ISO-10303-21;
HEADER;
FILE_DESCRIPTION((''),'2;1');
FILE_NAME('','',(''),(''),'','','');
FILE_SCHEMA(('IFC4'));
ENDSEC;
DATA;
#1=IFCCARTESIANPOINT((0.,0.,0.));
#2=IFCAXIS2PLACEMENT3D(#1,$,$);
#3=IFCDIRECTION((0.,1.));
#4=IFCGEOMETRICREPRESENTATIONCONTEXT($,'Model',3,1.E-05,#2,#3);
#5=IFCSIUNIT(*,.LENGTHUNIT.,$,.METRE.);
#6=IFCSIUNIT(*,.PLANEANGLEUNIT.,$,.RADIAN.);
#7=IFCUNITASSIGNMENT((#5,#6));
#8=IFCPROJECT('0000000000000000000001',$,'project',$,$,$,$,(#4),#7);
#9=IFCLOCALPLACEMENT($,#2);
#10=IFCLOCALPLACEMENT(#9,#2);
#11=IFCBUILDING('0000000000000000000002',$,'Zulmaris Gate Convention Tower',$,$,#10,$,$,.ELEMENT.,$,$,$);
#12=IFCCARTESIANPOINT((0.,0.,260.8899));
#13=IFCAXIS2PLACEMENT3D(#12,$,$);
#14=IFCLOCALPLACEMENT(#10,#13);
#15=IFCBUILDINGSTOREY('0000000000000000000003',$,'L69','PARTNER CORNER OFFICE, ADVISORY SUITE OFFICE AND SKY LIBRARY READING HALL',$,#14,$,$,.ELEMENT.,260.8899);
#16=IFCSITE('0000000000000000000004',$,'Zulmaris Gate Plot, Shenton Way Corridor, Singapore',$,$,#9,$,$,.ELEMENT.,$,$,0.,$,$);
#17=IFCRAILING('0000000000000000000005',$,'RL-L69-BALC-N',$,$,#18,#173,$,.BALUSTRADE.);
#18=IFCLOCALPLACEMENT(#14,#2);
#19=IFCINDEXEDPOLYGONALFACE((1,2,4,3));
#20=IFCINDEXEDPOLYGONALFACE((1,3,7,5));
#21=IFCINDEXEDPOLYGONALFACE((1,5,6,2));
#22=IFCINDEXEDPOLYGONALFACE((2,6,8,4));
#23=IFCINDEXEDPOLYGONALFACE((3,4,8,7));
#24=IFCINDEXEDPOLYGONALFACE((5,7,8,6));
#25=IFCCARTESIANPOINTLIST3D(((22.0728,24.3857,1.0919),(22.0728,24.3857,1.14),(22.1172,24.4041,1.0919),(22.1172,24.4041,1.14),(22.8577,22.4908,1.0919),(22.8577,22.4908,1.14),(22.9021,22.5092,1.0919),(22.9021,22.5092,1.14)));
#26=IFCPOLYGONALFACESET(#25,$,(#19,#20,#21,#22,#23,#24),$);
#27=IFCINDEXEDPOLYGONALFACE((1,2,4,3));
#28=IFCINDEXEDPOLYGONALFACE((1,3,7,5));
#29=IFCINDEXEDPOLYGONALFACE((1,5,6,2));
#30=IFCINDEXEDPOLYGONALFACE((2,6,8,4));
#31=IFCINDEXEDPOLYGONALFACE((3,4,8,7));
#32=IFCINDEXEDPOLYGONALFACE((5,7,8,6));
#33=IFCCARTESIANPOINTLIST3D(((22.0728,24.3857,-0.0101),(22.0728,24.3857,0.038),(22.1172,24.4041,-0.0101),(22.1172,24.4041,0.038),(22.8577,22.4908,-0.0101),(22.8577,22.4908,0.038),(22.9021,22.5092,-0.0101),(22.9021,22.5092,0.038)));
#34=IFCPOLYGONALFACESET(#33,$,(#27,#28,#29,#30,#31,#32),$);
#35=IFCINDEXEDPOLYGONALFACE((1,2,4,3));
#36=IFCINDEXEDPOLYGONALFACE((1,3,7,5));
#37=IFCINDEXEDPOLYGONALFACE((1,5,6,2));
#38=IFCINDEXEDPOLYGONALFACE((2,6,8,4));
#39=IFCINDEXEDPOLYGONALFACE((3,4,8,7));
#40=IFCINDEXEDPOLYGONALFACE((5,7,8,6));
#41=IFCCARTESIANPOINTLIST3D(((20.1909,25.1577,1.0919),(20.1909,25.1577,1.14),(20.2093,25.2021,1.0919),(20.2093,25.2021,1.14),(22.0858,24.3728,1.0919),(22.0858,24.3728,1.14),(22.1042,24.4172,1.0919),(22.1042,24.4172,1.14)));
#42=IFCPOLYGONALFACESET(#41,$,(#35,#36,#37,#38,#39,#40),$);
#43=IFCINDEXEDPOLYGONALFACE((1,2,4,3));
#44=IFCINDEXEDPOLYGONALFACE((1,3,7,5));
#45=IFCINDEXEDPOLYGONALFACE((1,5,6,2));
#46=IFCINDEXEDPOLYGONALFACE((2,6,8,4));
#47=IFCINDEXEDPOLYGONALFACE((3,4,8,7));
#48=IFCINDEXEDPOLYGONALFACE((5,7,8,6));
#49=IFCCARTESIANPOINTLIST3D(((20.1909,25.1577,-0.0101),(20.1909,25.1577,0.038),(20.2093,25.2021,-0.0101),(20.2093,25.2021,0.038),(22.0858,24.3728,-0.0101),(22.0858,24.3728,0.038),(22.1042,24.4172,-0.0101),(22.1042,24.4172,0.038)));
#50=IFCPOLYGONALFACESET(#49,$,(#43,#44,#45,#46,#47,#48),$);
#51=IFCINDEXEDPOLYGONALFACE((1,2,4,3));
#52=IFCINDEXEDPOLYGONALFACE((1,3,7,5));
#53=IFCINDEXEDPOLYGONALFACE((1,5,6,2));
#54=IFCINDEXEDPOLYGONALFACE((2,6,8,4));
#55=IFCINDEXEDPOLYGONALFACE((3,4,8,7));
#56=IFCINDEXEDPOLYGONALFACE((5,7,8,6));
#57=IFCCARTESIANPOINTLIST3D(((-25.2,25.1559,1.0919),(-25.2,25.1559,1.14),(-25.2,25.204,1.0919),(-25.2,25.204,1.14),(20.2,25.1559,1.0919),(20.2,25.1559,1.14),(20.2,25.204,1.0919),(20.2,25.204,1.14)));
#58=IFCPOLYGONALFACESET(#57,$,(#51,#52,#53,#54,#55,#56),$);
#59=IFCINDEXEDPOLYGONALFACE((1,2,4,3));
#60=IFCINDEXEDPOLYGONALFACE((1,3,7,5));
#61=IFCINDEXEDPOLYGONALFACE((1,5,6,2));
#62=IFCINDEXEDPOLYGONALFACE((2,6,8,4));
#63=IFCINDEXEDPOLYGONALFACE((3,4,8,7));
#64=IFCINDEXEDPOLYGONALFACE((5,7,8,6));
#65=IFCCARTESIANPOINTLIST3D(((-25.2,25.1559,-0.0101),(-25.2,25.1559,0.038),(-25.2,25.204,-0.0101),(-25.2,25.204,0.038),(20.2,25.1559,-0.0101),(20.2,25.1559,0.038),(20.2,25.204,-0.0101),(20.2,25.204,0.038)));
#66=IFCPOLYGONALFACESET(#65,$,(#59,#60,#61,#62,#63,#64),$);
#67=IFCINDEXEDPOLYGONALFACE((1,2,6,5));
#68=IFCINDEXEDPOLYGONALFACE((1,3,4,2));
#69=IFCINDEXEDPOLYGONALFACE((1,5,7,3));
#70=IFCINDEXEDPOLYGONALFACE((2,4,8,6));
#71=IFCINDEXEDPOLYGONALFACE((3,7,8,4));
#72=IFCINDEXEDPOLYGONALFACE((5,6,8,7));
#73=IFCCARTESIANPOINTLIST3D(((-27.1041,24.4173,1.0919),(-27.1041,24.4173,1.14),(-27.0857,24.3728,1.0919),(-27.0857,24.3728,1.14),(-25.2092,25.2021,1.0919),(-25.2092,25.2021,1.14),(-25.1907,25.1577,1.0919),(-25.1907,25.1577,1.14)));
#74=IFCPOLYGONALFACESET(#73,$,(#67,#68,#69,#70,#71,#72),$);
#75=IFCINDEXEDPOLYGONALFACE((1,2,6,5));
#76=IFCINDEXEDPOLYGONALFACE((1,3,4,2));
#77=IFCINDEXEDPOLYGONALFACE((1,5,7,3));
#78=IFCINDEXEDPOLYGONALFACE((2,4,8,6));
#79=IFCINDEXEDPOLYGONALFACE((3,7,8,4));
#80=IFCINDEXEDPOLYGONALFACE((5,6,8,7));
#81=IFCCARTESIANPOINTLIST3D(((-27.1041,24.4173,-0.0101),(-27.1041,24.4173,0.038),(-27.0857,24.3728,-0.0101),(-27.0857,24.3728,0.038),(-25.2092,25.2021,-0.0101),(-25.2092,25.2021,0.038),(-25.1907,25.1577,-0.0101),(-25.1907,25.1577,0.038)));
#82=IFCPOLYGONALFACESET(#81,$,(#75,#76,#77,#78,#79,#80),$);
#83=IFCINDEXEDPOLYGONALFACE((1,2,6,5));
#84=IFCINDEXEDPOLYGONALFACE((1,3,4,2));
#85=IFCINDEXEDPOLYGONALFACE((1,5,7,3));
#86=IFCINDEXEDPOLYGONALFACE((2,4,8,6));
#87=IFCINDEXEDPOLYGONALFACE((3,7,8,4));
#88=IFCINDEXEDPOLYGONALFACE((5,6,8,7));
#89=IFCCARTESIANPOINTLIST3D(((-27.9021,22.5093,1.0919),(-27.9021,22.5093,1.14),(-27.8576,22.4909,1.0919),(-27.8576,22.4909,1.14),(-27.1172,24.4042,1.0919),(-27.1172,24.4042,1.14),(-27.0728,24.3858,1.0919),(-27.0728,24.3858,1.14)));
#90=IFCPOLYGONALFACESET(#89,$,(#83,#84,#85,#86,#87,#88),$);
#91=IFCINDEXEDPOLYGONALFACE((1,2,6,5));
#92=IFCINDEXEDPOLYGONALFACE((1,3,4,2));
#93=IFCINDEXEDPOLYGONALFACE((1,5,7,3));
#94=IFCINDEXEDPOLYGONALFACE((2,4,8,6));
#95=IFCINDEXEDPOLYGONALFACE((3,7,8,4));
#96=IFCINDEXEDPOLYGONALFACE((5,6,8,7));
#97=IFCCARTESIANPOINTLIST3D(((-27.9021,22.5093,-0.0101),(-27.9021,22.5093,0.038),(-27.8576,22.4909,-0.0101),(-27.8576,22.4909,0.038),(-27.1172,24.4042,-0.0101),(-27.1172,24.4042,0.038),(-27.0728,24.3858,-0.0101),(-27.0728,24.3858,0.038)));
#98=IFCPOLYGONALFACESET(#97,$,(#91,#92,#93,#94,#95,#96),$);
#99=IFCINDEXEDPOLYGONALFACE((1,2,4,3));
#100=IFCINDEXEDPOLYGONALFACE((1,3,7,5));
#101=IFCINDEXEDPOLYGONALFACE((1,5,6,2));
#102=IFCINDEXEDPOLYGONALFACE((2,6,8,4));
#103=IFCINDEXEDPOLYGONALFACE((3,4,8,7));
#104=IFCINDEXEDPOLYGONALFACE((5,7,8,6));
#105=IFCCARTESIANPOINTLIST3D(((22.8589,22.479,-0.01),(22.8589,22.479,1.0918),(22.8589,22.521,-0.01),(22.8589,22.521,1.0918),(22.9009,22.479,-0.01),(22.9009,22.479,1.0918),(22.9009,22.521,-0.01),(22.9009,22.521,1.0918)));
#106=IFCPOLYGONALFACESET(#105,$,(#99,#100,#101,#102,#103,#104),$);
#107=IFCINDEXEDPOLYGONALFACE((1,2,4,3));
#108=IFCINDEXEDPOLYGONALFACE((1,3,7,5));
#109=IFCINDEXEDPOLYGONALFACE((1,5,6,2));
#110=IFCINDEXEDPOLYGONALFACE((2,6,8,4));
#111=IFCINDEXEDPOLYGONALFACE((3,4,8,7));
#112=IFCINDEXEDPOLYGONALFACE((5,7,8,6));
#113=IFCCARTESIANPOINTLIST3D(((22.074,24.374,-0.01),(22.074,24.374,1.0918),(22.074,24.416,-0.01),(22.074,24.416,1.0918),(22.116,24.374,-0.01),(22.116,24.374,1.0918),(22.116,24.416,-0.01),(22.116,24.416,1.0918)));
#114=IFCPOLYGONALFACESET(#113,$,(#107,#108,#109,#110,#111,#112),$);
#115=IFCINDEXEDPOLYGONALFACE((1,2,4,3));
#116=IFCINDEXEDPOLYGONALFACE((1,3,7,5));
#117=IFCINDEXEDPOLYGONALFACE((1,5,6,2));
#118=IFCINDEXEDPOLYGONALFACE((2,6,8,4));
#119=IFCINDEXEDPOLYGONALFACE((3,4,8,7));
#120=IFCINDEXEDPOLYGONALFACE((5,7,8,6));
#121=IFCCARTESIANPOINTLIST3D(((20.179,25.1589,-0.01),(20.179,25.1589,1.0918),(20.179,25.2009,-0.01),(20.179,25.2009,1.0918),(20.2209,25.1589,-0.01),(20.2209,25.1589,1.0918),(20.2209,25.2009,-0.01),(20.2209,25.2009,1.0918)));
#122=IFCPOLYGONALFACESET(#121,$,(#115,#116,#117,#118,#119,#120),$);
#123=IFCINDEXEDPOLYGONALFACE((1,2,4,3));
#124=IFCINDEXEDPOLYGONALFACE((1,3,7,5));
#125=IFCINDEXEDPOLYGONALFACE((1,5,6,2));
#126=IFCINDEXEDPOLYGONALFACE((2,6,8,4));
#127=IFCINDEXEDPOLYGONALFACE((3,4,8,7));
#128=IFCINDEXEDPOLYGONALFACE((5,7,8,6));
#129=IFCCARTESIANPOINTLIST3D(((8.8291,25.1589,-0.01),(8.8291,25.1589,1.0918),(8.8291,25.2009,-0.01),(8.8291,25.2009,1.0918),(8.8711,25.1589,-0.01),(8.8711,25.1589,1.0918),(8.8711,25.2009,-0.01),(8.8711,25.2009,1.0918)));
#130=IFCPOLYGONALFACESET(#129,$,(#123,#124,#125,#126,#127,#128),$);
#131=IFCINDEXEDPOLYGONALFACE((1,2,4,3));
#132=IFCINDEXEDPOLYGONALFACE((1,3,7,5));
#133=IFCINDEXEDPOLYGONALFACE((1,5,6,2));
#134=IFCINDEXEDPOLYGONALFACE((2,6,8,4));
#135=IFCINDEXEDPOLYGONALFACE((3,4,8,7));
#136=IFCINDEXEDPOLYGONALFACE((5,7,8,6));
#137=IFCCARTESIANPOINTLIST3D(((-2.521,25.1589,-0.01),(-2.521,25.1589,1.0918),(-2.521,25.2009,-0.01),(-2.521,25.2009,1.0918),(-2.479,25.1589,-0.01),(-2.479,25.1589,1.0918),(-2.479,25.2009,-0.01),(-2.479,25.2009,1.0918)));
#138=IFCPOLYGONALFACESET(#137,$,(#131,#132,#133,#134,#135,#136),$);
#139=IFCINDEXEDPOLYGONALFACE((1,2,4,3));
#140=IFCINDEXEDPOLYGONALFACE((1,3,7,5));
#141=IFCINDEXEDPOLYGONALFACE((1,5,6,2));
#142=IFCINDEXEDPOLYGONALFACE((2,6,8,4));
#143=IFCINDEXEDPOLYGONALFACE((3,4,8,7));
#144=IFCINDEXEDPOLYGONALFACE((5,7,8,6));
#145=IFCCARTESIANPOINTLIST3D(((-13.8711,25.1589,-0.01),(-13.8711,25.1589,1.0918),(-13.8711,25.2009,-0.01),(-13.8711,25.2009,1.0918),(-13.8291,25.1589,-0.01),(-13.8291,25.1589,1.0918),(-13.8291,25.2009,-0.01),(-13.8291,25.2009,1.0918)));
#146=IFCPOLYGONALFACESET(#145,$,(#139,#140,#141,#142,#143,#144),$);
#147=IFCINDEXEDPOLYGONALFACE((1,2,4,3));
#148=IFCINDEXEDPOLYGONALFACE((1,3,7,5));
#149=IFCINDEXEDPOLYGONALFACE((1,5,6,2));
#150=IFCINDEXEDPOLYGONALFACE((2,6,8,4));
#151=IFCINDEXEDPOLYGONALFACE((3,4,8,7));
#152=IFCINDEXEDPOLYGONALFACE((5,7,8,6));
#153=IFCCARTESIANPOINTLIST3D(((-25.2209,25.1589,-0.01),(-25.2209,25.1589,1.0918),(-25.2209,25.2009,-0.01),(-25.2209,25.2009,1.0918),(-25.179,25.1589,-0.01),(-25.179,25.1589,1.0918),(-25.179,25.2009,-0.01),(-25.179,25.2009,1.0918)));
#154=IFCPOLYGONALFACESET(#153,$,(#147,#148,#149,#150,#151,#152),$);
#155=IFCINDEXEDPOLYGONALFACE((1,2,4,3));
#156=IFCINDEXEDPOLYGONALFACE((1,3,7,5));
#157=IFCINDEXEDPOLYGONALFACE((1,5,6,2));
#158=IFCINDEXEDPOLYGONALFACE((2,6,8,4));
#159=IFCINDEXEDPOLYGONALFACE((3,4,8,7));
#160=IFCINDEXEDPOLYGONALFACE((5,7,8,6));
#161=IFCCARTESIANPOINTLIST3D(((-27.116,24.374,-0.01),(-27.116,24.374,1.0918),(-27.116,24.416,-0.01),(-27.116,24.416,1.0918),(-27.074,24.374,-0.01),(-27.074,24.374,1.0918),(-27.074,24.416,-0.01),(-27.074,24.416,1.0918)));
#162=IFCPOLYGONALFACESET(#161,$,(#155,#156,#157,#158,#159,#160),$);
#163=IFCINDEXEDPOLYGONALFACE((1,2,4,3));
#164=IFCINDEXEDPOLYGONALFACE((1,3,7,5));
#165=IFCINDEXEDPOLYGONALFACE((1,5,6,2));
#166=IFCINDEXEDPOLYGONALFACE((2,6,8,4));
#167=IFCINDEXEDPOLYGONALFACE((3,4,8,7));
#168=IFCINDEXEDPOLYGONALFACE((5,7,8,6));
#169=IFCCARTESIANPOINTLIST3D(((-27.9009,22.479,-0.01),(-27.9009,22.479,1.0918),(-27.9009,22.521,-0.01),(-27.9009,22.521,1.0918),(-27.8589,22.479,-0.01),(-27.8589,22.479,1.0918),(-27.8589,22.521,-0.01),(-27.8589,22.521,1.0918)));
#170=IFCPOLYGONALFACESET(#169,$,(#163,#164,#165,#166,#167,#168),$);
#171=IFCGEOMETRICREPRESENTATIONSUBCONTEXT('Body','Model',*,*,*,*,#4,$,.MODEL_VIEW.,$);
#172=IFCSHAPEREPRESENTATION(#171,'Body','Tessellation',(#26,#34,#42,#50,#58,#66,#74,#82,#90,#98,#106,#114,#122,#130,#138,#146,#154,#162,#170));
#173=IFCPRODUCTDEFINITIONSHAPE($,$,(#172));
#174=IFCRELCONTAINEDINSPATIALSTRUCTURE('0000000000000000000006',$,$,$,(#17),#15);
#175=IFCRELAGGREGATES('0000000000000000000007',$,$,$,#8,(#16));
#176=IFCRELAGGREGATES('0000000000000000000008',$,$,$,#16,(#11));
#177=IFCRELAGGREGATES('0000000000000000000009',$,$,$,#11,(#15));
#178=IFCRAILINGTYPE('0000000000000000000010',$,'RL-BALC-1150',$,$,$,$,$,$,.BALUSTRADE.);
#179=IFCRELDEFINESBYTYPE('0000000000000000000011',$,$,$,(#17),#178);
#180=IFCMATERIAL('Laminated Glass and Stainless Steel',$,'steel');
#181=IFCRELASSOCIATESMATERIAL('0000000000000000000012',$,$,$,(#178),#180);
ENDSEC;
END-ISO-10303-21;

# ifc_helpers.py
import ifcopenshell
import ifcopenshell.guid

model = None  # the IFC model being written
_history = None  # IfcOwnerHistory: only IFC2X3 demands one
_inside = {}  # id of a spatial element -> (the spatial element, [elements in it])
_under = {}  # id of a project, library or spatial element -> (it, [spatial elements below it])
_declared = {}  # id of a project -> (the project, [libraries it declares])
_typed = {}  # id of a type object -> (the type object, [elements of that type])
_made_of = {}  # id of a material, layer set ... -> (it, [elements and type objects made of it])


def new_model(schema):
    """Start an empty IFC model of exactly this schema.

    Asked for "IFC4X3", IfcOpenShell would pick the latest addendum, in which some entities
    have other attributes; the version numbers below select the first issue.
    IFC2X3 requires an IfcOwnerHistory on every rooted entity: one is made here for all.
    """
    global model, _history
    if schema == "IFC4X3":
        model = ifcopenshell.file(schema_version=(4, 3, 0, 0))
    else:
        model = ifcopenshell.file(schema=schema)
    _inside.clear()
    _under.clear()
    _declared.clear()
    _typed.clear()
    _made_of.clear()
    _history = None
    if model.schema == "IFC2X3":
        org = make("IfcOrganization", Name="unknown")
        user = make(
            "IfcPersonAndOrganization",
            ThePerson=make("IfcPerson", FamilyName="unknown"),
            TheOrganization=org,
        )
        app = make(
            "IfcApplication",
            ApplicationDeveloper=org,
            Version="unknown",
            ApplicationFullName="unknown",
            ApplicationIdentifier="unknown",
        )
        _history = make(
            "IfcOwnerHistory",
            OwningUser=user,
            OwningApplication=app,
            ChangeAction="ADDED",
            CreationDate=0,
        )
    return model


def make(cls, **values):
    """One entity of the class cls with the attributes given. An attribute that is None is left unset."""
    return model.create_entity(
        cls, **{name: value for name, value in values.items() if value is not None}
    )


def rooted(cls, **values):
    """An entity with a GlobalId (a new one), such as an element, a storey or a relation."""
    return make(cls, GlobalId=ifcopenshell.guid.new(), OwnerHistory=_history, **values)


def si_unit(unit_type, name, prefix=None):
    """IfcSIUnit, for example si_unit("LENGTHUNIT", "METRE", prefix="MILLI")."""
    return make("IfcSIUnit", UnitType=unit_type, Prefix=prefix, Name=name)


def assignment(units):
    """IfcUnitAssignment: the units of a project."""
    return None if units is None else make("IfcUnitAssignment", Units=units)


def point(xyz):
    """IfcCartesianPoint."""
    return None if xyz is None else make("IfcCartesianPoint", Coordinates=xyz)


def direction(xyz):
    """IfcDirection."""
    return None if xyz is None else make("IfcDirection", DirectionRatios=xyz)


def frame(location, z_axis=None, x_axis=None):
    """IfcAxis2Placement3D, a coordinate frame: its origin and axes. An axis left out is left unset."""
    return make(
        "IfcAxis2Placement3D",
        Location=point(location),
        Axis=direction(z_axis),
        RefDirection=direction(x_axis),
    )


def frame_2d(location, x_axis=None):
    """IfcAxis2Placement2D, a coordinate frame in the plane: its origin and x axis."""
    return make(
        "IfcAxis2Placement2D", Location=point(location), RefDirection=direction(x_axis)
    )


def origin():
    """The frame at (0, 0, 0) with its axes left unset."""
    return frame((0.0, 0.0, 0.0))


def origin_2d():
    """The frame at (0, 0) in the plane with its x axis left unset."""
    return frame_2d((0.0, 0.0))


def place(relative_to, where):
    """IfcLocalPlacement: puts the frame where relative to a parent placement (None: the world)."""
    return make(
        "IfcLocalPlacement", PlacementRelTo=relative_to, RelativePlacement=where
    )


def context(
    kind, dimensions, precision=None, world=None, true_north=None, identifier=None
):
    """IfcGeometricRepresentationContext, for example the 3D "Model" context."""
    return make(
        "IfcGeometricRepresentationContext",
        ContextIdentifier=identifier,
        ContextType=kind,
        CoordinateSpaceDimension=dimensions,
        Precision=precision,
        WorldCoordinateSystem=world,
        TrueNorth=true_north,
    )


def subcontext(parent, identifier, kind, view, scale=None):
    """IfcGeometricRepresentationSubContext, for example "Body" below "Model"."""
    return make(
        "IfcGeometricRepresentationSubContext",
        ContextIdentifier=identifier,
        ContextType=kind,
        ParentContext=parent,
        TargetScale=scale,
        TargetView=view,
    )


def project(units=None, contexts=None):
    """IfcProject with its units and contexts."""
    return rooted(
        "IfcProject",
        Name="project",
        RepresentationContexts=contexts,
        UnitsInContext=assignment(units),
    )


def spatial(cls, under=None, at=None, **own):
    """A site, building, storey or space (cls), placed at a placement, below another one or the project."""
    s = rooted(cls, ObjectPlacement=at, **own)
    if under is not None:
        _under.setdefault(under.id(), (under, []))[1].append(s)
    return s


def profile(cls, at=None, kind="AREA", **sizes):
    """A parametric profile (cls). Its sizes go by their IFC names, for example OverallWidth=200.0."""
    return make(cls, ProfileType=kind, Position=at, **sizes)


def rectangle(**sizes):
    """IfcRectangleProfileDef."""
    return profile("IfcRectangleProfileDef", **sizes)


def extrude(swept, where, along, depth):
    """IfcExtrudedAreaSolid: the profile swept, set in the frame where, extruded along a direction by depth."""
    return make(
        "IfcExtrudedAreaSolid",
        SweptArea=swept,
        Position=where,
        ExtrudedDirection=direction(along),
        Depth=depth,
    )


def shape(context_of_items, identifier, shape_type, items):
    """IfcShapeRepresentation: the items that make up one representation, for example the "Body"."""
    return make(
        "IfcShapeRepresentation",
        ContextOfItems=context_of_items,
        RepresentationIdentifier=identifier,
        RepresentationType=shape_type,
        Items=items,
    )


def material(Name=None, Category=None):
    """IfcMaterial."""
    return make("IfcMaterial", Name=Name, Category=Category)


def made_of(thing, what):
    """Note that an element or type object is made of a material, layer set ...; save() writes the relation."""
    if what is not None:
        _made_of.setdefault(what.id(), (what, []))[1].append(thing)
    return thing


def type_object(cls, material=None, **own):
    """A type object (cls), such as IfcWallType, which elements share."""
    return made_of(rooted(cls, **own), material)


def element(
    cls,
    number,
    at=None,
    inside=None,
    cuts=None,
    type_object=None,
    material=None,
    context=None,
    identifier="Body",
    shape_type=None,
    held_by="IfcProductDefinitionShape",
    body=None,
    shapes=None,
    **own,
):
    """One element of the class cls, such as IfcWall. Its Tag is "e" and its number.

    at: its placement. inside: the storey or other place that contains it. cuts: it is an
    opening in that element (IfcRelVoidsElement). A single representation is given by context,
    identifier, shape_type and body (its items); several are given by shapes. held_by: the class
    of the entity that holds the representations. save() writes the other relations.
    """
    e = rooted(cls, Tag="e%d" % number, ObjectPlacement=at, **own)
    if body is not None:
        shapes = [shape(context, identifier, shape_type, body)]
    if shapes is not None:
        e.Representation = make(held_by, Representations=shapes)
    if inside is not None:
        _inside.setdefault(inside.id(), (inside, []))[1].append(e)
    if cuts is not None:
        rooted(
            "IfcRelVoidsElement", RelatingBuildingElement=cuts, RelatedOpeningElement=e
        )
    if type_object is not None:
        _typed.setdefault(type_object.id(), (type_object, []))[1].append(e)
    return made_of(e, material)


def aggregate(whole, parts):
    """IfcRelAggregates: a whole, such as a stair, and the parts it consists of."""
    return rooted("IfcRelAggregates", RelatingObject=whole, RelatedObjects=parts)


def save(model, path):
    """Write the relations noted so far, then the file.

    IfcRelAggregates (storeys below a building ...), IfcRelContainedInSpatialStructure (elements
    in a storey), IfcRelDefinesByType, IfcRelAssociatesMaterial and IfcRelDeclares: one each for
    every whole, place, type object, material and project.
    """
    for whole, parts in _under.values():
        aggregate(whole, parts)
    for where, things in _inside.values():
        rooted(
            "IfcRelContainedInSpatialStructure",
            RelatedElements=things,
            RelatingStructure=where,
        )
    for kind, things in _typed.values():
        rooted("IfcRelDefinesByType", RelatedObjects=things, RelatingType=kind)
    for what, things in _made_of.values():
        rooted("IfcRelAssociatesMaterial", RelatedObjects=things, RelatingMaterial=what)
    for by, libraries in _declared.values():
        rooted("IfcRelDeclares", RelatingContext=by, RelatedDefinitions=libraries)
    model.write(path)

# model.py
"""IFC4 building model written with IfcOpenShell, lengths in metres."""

from ifc_helpers import new_model, si_unit, direction, frame, origin, origin_2d, place, context, subcontext, project, spatial, rectangle, extrude, material, type_object, element, save


model = new_model("IFC4")

# Units and contexts
model_context = context("Model", 3, precision=1e-05, world=origin(), true_north=direction((0.0, 1.0)))
body_context = subcontext(model_context, "Body", "Model", "MODEL_VIEW")
ifc_project = project(units=[si_unit("LENGTHUNIT", "METRE"), si_unit("PLANEANGLEUNIT", "RADIAN")], contexts=[model_context])

# Site, building, storey
site_placement = place(None, origin())
site = spatial("IfcSite", under=ifc_project, at=site_placement, Name="Zulmaris Gate Plot, Shenton Way Corridor, Singapore", CompositionType="ELEMENT", RefElevation=0.0)
building_placement = place(site_placement, origin())
building = spatial("IfcBuilding", under=site, at=building_placement, Name="Zulmaris Gate Convention Tower", CompositionType="ELEMENT")
storey_placement = place(building_placement, frame((0.0, 0.0, 260.8899)))
storey = spatial("IfcBuildingStorey", under=building, at=storey_placement, Name="L69", Description="PARTNER CORNER OFFICE, ADVISORY SUITE OFFICE AND SKY LIBRARY READING HALL", CompositionType="ELEMENT", Elevation=260.8899)

# Railing
ifc_material_1 = material(Name="Laminated Glass and Stainless Steel", Category="steel")
railing_type = type_object("IfcRailingType", Name="RL-BALC-1150", PredefinedType="BALUSTRADE", material=ifc_material_1)
railing_placement = place(storey_placement, frame((22.8799, 22.5, -0.01)))
element("IfcRailing", 1, at=railing_placement, inside=storey, type_object=railing_type, Name="RL-L69-BALC-N", PredefinedType="BALUSTRADE", context=body_context, shape_type="SweptSolid", body=[
    extrude(rectangle(XDim=0.0481, YDim=0.0481, at=origin_2d()), frame((0.0, 0.0, 1.126), z_axis=(-0.382671, 0.923885, 0.0), x_axis=(-0.923885, -0.382671, 0.0)), (0.0, 0.0, 1.0), 2.051),
    extrude(rectangle(XDim=0.0481, YDim=0.0481, at=origin_2d()), frame((0.0, 0.0, 0.0239), z_axis=(-0.382671, 0.923885, 0.0), x_axis=(-0.923885, -0.382671, 0.0)), (0.0, 0.0, 1.0), 2.051),
    extrude(rectangle(XDim=0.0481, YDim=0.0481, at=origin_2d()), frame((-0.7849, 1.895, 1.126), z_axis=(-0.923885, 0.382671, 0.0), x_axis=(-0.382671, -0.923885, 0.0)), (0.0, 0.0, 1.0), 2.051),
    extrude(rectangle(XDim=0.0481, YDim=0.0481, at=origin_2d()), frame((-0.7849, 1.895, 0.0239), z_axis=(-0.923885, 0.382671, 0.0), x_axis=(-0.382671, -0.923885, 0.0)), (0.0, 0.0, 1.0), 2.051),
    extrude(rectangle(XDim=0.0481, YDim=0.0481, at=origin_2d()), frame((-2.6799, 2.6799, 1.126), z_axis=(-1.0, 0.0, 0.0), x_axis=(0.0, -1.0, 0.0)), (0.0, 0.0, 1.0), 45.3999),
    extrude(rectangle(XDim=0.0481, YDim=0.0481, at=origin_2d()), frame((-2.6799, 2.6799, 0.0239), z_axis=(-1.0, 0.0, 0.0), x_axis=(0.0, -1.0, 0.0)), (0.0, 0.0, 1.0), 45.3999),
    extrude(rectangle(XDim=0.0481, YDim=0.0481, at=origin_2d()), frame((-48.0798, 2.6799, 1.126), z_axis=(-0.923885, -0.382671, 0.0), x_axis=(0.382671, -0.923885, 0.0)), (0.0, 0.0, 1.0), 2.051),
    extrude(rectangle(XDim=0.0481, YDim=0.0481, at=origin_2d()), frame((-48.0798, 2.6799, 0.0239), z_axis=(-0.923885, -0.382671, 0.0), x_axis=(0.382671, -0.923885, 0.0)), (0.0, 0.0, 1.0), 2.051),
    extrude(rectangle(XDim=0.0481, YDim=0.0481, at=origin_2d()), frame((-49.9749, 1.895, 1.126), z_axis=(-0.382671, -0.923885, 0.0), x_axis=(0.923885, -0.382671, 0.0)), (0.0, 0.0, 1.0), 2.051),
    extrude(rectangle(XDim=0.0481, YDim=0.0481, at=origin_2d()), frame((-49.9749, 1.895, 0.0239), z_axis=(-0.382671, -0.923885, 0.0), x_axis=(0.923885, -0.382671, 0.0)), (0.0, 0.0, 1.0), 2.051),
    extrude(rectangle(XDim=0.042, YDim=0.042, at=origin_2d()), origin(), (0.0, 0.0, 1.0), 1.1018),
    extrude(rectangle(XDim=0.042, YDim=0.042, at=origin_2d()), frame((-0.7849, 1.895, 0.0)), (0.0, 0.0, 1.0), 1.1018),
    extrude(rectangle(XDim=0.042, YDim=0.042, at=origin_2d()), frame((-2.6799, 2.6799, 0.0)), (0.0, 0.0, 1.0), 1.1018),
    extrude(rectangle(XDim=0.042, YDim=0.042, at=origin_2d()), frame((-14.0298, 2.6799, 0.0)), (0.0, 0.0, 1.0), 1.1018),
    extrude(rectangle(XDim=0.042, YDim=0.042, at=origin_2d()), frame((-25.3799, 2.6799, 0.0)), (0.0, 0.0, 1.0), 1.1018),
    extrude(rectangle(XDim=0.042, YDim=0.042, at=origin_2d()), frame((-36.73, 2.6799, 0.0)), (0.0, 0.0, 1.0), 1.1018),
    extrude(rectangle(XDim=0.042, YDim=0.042, at=origin_2d()), frame((-48.0798, 2.6799, 0.0)), (0.0, 0.0, 1.0), 1.1018),
    extrude(rectangle(XDim=0.042, YDim=0.042, at=origin_2d()), frame((-49.9749, 1.895, 0.0)), (0.0, 0.0, 1.0), 1.1018),
    extrude(rectangle(XDim=0.042, YDim=0.042, at=origin_2d()), frame((-50.7598, 0.0, 0.0)), (0.0, 0.0, 1.0), 1.1018),
])

save(model, "model.ifc")
